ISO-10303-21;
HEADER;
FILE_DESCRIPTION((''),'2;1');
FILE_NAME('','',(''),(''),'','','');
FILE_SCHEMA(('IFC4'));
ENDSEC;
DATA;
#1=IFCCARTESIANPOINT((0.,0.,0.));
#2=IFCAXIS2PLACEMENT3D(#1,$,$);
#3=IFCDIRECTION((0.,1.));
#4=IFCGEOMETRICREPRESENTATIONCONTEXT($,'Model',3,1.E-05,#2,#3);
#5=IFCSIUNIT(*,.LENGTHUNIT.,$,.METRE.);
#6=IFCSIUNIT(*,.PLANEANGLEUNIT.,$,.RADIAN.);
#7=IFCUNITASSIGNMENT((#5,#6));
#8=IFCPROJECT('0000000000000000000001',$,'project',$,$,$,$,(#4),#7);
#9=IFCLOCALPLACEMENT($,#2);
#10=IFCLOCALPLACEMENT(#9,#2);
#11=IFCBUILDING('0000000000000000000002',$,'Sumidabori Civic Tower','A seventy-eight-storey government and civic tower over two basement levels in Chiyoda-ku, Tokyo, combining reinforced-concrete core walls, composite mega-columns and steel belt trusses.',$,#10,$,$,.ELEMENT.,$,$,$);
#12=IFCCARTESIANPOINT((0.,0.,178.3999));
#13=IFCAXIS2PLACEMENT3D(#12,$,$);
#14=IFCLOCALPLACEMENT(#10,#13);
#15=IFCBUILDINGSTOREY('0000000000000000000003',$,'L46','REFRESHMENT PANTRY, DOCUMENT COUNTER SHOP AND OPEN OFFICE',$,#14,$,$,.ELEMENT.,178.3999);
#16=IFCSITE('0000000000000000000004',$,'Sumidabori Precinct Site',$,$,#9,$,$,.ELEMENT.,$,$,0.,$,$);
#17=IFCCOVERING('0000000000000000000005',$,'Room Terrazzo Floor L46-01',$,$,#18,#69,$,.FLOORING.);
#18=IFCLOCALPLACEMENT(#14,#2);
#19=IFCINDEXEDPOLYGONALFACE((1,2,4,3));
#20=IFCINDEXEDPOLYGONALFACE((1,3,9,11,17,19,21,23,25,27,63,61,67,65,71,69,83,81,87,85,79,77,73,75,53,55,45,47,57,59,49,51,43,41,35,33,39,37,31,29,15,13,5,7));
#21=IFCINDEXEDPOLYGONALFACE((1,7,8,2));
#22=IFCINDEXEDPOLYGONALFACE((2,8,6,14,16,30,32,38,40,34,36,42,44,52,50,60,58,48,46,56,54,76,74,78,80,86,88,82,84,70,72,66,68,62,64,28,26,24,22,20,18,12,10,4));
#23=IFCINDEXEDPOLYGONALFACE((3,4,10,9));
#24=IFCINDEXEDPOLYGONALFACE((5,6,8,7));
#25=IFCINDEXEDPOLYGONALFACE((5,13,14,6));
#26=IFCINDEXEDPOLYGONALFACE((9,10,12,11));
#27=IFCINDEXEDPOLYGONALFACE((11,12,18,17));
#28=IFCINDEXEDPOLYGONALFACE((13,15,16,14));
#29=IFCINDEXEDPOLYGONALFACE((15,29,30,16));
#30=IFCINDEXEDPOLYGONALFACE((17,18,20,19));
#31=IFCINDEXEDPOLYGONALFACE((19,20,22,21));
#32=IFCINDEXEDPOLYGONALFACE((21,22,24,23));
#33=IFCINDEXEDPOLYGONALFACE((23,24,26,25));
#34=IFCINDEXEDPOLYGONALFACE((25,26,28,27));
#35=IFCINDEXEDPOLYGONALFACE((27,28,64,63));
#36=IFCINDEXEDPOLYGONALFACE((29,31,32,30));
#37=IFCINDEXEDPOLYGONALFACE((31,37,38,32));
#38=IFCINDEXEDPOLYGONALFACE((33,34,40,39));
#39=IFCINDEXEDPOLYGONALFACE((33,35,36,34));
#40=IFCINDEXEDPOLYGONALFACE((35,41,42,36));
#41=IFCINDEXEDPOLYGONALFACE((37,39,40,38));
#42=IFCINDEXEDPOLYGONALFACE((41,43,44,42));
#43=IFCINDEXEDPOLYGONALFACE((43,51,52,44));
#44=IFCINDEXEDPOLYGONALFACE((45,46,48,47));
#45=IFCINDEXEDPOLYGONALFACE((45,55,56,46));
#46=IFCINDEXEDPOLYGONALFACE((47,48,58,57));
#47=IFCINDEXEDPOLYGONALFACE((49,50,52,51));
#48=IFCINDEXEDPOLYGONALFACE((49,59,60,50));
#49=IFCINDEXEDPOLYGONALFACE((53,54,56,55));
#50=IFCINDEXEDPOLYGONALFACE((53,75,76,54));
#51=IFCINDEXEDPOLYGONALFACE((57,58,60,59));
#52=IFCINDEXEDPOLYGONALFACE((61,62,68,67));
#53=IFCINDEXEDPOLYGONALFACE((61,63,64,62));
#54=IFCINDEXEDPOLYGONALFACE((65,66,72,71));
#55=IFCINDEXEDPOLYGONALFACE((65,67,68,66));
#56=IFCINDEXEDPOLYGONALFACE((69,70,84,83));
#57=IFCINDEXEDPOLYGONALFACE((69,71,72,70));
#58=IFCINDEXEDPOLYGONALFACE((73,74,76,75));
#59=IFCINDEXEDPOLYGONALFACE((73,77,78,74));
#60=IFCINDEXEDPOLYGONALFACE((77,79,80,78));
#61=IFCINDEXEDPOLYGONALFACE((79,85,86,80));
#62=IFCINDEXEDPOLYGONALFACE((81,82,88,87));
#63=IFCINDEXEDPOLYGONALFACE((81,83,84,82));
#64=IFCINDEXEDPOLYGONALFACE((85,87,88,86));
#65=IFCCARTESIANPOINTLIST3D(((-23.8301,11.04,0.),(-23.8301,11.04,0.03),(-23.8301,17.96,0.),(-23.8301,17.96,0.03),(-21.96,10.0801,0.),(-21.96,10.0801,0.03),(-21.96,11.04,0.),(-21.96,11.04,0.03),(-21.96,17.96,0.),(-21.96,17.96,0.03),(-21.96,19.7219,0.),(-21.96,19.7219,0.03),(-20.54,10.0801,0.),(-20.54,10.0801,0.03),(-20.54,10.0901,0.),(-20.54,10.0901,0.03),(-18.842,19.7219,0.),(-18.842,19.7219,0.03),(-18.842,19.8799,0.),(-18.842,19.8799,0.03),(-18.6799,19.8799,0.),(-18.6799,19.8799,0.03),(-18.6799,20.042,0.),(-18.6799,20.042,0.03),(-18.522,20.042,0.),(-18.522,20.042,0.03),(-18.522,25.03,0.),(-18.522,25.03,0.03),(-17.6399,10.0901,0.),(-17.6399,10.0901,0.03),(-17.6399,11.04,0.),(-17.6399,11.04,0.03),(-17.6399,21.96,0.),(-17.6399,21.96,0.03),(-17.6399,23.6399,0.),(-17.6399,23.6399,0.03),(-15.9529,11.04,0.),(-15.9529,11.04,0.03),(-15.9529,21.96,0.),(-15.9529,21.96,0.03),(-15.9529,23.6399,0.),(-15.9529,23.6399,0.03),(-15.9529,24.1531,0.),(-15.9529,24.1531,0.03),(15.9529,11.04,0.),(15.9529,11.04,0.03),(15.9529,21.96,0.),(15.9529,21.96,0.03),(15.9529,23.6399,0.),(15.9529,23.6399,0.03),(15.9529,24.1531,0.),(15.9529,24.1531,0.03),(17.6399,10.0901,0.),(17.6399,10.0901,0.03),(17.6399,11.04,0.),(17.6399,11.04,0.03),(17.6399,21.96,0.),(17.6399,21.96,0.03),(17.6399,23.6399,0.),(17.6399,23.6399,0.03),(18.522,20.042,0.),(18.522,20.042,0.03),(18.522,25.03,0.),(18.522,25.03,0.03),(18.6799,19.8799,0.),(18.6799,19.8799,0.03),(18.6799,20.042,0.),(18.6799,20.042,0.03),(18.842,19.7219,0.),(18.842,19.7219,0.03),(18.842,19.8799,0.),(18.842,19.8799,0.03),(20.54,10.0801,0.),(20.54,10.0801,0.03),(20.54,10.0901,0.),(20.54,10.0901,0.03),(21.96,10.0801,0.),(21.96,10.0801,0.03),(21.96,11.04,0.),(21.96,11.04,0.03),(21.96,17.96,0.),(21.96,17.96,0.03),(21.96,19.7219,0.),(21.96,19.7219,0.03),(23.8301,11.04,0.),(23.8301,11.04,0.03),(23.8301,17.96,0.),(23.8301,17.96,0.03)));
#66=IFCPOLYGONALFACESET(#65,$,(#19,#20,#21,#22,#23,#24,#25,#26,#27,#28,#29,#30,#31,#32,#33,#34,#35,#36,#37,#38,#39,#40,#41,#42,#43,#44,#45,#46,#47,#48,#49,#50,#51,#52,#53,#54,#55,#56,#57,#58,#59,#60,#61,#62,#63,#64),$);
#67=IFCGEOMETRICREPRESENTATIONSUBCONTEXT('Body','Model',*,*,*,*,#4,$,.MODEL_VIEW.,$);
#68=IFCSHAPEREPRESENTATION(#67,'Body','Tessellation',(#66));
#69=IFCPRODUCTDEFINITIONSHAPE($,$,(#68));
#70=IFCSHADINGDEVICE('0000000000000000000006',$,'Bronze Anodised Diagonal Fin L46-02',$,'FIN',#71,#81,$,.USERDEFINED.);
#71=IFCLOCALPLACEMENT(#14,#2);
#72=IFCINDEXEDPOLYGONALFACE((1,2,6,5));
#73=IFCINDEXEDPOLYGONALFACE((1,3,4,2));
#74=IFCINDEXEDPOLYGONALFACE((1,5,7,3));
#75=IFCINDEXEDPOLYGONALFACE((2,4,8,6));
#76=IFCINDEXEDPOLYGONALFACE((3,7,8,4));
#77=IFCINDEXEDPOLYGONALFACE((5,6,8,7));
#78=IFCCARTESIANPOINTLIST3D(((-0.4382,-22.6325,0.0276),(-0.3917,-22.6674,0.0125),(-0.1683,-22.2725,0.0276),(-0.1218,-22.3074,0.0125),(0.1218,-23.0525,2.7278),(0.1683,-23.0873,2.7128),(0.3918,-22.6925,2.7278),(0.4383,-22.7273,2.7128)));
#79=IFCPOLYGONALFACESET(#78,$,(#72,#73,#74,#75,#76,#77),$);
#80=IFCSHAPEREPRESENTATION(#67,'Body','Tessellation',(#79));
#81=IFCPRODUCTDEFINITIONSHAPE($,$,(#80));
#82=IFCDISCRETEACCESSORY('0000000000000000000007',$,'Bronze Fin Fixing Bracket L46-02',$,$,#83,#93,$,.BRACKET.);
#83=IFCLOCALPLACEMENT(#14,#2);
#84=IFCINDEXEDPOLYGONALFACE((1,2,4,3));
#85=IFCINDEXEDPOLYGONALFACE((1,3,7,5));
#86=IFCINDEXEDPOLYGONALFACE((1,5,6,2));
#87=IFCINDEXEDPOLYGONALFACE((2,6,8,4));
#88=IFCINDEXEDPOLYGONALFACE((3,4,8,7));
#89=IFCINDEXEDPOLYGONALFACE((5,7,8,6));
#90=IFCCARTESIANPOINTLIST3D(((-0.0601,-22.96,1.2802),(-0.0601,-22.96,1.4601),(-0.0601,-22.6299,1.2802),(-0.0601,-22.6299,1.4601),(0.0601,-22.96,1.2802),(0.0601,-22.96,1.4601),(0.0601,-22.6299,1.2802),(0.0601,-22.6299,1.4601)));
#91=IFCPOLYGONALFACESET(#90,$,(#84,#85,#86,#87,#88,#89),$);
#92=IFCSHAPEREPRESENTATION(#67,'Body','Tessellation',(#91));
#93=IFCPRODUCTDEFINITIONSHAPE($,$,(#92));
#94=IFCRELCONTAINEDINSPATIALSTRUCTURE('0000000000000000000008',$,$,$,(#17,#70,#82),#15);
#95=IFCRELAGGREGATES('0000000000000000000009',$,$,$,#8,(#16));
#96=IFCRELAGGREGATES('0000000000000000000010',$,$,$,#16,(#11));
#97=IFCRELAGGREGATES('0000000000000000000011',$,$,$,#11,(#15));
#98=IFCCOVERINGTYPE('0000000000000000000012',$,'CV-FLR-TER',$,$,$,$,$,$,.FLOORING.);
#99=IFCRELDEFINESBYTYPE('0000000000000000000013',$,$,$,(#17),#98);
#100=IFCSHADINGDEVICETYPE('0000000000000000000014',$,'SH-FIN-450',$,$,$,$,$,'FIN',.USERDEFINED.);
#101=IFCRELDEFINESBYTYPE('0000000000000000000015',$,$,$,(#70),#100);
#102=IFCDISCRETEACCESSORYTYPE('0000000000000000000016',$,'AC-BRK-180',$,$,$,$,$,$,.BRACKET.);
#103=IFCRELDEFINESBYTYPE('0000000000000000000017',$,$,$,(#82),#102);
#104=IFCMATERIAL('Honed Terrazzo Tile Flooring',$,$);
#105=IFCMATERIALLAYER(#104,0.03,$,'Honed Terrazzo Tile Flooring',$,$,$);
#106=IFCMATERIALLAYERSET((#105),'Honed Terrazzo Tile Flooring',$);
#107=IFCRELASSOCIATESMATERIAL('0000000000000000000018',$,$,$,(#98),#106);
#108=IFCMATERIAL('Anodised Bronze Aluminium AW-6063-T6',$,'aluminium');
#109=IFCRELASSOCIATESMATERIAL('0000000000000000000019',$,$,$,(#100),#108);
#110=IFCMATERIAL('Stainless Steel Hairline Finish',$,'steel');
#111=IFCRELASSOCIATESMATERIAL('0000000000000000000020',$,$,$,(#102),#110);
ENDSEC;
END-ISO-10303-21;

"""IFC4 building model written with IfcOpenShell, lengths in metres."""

from ifc_helpers import new_model, si_unit, direction, frame, origin, origin_2d, place, context, subcontext, project, spatial, polyline, rectangle, outline, extrude, source, transform, mapped, material, layer, layer_set, material_profile, profile_set, type_object, element, save


model = new_model("IFC4")

# Units and contexts
model_context = context("Model", 3, precision=1e-05, world=origin(), true_north=direction((0.0, 1.0)))
body_context = subcontext(model_context, "Body", "Model", "MODEL_VIEW")
ifc_project = project(units=[si_unit("LENGTHUNIT", "METRE"), si_unit("PLANEANGLEUNIT", "RADIAN")], contexts=[model_context])

# Site, building, storey
site_placement = place(None, origin())
site = spatial("IfcSite", under=ifc_project, at=site_placement, Name="Sumidabori Precinct Site", CompositionType="ELEMENT", RefElevation=0.0)
building_placement = place(site_placement, origin())
building = spatial("IfcBuilding", under=site, at=building_placement, Name="Sumidabori Civic Tower", Description="A seventy-eight-storey government and civic tower over two basement levels in Chiyoda-ku, Tokyo, combining reinforced-concrete core walls, composite mega-columns and steel belt trusses.", CompositionType="ELEMENT")
storey_placement = place(building_placement, frame((0.0, 0.0, 178.3999)))
storey = spatial("IfcBuildingStorey", under=building, at=storey_placement, Name="L46", Description="REFRESHMENT PANTRY, DOCUMENT COUNTER SHOP AND OPEN OFFICE", CompositionType="ELEMENT", Elevation=178.3999)

# Shared definitions
ifc_material_1 = material(Name="Anodised Bronze Aluminium AW-6063-T6", Category="aluminium")

# Covering
ifc_material_2 = material(Name="Honed Terrazzo Tile Flooring")
ifc_layer_1 = layer(ifc_material_2, 0.03, Name="Honed Terrazzo Tile Flooring")
ifc_layer_set_1 = layer_set([ifc_layer_1], Name="Honed Terrazzo Tile Flooring")
covering_type_1 = type_object("IfcCoveringType", Name="CV-FLR-TER", PredefinedType="FLOORING", material=ifc_layer_set_1)
covering_1_placement = place(storey_placement, origin())
element("IfcCovering", 1, at=covering_1_placement, inside=storey, type_object=covering_type_1, Name="Room Terrazzo Floor L46-01", PredefinedType="FLOORING", context=body_context, shape_type="SweptSolid", body=[
    extrude(outline(polyline([(-23.8301, 17.96), (-21.96, 17.96), (-21.96, 19.7219), (-18.842, 19.7219), (-18.842, 19.8799), (-18.6799, 19.8799), (-18.6799, 20.042), (-18.522, 20.042), (-18.522, 25.03), (18.522, 25.03), (18.522, 20.042), (18.6799, 20.042), (18.6799, 19.8799), (18.842, 19.8799), (18.842, 19.7219), (21.96, 19.7219), (21.96, 17.96), (23.8301, 17.96), (23.8301, 11.04), (21.96, 11.04), (21.96, 10.0801), (20.54, 10.0801), (20.54, 10.0901), (17.6399, 10.0901), (17.6399, 11.04), (15.9529, 11.04), (15.9529, 21.96), (17.6399, 21.96), (17.6399, 23.6399), (15.9529, 23.6399), (15.9529, 24.1531), (-15.9529, 24.1531), (-15.9529, 23.6399), (-17.6399, 23.6399), (-17.6399, 21.96), (-15.9529, 21.96), (-15.9529, 11.04), (-17.6399, 11.04), (-17.6399, 10.0901), (-20.54, 10.0901), (-20.54, 10.0801), (-21.96, 10.0801), (-21.96, 11.04), (-23.8301, 11.04), (-23.8301, 17.96)])), origin(), (0.0, 0.0, 1.0), 0.03),
])

# Shading device
ifc_material_profile_1 = material_profile(ifc_material_1, rectangle(XDim=0.0601, YDim=0.45, at=origin_2d()), Name="BRONZE FIN 450x60")
ifc_profile_set_1 = profile_set([ifc_material_profile_1], Name="Anodised Bronze Aluminium AW-6063-T6")
shading_device_type = type_object("IfcShadingDeviceType", Name="SH-FIN-450", ElementType="FIN", PredefinedType="USERDEFINED", material=ifc_profile_set_1)
shared_shape_1 = source(origin(), body_context, "Body", "SweptSolid", [
    extrude(rectangle(XDim=0.0601, YDim=0.45, at=origin_2d()), origin(), (0.0, 0.0, 1.0), 2.7896),
])
shading_device_placement = place(storey_placement, frame((-0.28, -22.47, 0.02), z_axis=(0.200777, -0.150539, 0.968001), x_axis=(0.774482, -0.580693, -0.250945)))
element("IfcShadingDevice", 2, at=shading_device_placement, inside=storey, type_object=shading_device_type, Name="Bronze Anodised Diagonal Fin L46-02", ObjectType="FIN", PredefinedType="USERDEFINED", context=body_context, shape_type="MappedRepresentation", body=[
    mapped(shared_shape_1, transform((0.0, 0.0, 0.0), x_axis=(1.0, 0.0, 0.0), y_axis=(0.0, 1.0, 0.0), z_axis=(0.0, 0.0, 1.0), scale=1.0)),
])

# Discrete accessory
ifc_material_3 = material(Name="Stainless Steel Hairline Finish", Category="steel")
ifc_material_profile_2 = material_profile(ifc_material_3, rectangle(XDim=0.1201, YDim=0.1799, at=origin_2d()), Name="STEEL BRACKET 180x120")
ifc_profile_set_2 = profile_set([ifc_material_profile_2], Name="Stainless Steel Hairline Finish")
discrete_accessory_type = type_object("IfcDiscreteAccessoryType", Name="AC-BRK-180", PredefinedType="BRACKET", material=ifc_profile_set_2)
shared_shape_2 = source(origin(), body_context, "Body", "SweptSolid", [
    extrude(rectangle(XDim=0.1201, YDim=0.1799, at=origin_2d()), origin(), (0.0, 0.0, 1.0), 0.3301),
])
discrete_accessory_placement = place(storey_placement, frame((0.0, -22.6299, 1.3701), z_axis=(0.0, -1.0, 0.0), x_axis=(1.0, 0.0, 0.0)))
element("IfcDiscreteAccessory", 3, at=discrete_accessory_placement, inside=storey, type_object=discrete_accessory_type, Name="Bronze Fin Fixing Bracket L46-02", PredefinedType="BRACKET", context=body_context, shape_type="MappedRepresentation", body=[
    mapped(shared_shape_2, transform((0.0, 0.0, 0.0), x_axis=(1.0, 0.0, 0.0), y_axis=(0.0, 1.0, 0.0), z_axis=(0.0, 0.0, 1.0), scale=1.0)),
])

save(model, "model.ifc")
